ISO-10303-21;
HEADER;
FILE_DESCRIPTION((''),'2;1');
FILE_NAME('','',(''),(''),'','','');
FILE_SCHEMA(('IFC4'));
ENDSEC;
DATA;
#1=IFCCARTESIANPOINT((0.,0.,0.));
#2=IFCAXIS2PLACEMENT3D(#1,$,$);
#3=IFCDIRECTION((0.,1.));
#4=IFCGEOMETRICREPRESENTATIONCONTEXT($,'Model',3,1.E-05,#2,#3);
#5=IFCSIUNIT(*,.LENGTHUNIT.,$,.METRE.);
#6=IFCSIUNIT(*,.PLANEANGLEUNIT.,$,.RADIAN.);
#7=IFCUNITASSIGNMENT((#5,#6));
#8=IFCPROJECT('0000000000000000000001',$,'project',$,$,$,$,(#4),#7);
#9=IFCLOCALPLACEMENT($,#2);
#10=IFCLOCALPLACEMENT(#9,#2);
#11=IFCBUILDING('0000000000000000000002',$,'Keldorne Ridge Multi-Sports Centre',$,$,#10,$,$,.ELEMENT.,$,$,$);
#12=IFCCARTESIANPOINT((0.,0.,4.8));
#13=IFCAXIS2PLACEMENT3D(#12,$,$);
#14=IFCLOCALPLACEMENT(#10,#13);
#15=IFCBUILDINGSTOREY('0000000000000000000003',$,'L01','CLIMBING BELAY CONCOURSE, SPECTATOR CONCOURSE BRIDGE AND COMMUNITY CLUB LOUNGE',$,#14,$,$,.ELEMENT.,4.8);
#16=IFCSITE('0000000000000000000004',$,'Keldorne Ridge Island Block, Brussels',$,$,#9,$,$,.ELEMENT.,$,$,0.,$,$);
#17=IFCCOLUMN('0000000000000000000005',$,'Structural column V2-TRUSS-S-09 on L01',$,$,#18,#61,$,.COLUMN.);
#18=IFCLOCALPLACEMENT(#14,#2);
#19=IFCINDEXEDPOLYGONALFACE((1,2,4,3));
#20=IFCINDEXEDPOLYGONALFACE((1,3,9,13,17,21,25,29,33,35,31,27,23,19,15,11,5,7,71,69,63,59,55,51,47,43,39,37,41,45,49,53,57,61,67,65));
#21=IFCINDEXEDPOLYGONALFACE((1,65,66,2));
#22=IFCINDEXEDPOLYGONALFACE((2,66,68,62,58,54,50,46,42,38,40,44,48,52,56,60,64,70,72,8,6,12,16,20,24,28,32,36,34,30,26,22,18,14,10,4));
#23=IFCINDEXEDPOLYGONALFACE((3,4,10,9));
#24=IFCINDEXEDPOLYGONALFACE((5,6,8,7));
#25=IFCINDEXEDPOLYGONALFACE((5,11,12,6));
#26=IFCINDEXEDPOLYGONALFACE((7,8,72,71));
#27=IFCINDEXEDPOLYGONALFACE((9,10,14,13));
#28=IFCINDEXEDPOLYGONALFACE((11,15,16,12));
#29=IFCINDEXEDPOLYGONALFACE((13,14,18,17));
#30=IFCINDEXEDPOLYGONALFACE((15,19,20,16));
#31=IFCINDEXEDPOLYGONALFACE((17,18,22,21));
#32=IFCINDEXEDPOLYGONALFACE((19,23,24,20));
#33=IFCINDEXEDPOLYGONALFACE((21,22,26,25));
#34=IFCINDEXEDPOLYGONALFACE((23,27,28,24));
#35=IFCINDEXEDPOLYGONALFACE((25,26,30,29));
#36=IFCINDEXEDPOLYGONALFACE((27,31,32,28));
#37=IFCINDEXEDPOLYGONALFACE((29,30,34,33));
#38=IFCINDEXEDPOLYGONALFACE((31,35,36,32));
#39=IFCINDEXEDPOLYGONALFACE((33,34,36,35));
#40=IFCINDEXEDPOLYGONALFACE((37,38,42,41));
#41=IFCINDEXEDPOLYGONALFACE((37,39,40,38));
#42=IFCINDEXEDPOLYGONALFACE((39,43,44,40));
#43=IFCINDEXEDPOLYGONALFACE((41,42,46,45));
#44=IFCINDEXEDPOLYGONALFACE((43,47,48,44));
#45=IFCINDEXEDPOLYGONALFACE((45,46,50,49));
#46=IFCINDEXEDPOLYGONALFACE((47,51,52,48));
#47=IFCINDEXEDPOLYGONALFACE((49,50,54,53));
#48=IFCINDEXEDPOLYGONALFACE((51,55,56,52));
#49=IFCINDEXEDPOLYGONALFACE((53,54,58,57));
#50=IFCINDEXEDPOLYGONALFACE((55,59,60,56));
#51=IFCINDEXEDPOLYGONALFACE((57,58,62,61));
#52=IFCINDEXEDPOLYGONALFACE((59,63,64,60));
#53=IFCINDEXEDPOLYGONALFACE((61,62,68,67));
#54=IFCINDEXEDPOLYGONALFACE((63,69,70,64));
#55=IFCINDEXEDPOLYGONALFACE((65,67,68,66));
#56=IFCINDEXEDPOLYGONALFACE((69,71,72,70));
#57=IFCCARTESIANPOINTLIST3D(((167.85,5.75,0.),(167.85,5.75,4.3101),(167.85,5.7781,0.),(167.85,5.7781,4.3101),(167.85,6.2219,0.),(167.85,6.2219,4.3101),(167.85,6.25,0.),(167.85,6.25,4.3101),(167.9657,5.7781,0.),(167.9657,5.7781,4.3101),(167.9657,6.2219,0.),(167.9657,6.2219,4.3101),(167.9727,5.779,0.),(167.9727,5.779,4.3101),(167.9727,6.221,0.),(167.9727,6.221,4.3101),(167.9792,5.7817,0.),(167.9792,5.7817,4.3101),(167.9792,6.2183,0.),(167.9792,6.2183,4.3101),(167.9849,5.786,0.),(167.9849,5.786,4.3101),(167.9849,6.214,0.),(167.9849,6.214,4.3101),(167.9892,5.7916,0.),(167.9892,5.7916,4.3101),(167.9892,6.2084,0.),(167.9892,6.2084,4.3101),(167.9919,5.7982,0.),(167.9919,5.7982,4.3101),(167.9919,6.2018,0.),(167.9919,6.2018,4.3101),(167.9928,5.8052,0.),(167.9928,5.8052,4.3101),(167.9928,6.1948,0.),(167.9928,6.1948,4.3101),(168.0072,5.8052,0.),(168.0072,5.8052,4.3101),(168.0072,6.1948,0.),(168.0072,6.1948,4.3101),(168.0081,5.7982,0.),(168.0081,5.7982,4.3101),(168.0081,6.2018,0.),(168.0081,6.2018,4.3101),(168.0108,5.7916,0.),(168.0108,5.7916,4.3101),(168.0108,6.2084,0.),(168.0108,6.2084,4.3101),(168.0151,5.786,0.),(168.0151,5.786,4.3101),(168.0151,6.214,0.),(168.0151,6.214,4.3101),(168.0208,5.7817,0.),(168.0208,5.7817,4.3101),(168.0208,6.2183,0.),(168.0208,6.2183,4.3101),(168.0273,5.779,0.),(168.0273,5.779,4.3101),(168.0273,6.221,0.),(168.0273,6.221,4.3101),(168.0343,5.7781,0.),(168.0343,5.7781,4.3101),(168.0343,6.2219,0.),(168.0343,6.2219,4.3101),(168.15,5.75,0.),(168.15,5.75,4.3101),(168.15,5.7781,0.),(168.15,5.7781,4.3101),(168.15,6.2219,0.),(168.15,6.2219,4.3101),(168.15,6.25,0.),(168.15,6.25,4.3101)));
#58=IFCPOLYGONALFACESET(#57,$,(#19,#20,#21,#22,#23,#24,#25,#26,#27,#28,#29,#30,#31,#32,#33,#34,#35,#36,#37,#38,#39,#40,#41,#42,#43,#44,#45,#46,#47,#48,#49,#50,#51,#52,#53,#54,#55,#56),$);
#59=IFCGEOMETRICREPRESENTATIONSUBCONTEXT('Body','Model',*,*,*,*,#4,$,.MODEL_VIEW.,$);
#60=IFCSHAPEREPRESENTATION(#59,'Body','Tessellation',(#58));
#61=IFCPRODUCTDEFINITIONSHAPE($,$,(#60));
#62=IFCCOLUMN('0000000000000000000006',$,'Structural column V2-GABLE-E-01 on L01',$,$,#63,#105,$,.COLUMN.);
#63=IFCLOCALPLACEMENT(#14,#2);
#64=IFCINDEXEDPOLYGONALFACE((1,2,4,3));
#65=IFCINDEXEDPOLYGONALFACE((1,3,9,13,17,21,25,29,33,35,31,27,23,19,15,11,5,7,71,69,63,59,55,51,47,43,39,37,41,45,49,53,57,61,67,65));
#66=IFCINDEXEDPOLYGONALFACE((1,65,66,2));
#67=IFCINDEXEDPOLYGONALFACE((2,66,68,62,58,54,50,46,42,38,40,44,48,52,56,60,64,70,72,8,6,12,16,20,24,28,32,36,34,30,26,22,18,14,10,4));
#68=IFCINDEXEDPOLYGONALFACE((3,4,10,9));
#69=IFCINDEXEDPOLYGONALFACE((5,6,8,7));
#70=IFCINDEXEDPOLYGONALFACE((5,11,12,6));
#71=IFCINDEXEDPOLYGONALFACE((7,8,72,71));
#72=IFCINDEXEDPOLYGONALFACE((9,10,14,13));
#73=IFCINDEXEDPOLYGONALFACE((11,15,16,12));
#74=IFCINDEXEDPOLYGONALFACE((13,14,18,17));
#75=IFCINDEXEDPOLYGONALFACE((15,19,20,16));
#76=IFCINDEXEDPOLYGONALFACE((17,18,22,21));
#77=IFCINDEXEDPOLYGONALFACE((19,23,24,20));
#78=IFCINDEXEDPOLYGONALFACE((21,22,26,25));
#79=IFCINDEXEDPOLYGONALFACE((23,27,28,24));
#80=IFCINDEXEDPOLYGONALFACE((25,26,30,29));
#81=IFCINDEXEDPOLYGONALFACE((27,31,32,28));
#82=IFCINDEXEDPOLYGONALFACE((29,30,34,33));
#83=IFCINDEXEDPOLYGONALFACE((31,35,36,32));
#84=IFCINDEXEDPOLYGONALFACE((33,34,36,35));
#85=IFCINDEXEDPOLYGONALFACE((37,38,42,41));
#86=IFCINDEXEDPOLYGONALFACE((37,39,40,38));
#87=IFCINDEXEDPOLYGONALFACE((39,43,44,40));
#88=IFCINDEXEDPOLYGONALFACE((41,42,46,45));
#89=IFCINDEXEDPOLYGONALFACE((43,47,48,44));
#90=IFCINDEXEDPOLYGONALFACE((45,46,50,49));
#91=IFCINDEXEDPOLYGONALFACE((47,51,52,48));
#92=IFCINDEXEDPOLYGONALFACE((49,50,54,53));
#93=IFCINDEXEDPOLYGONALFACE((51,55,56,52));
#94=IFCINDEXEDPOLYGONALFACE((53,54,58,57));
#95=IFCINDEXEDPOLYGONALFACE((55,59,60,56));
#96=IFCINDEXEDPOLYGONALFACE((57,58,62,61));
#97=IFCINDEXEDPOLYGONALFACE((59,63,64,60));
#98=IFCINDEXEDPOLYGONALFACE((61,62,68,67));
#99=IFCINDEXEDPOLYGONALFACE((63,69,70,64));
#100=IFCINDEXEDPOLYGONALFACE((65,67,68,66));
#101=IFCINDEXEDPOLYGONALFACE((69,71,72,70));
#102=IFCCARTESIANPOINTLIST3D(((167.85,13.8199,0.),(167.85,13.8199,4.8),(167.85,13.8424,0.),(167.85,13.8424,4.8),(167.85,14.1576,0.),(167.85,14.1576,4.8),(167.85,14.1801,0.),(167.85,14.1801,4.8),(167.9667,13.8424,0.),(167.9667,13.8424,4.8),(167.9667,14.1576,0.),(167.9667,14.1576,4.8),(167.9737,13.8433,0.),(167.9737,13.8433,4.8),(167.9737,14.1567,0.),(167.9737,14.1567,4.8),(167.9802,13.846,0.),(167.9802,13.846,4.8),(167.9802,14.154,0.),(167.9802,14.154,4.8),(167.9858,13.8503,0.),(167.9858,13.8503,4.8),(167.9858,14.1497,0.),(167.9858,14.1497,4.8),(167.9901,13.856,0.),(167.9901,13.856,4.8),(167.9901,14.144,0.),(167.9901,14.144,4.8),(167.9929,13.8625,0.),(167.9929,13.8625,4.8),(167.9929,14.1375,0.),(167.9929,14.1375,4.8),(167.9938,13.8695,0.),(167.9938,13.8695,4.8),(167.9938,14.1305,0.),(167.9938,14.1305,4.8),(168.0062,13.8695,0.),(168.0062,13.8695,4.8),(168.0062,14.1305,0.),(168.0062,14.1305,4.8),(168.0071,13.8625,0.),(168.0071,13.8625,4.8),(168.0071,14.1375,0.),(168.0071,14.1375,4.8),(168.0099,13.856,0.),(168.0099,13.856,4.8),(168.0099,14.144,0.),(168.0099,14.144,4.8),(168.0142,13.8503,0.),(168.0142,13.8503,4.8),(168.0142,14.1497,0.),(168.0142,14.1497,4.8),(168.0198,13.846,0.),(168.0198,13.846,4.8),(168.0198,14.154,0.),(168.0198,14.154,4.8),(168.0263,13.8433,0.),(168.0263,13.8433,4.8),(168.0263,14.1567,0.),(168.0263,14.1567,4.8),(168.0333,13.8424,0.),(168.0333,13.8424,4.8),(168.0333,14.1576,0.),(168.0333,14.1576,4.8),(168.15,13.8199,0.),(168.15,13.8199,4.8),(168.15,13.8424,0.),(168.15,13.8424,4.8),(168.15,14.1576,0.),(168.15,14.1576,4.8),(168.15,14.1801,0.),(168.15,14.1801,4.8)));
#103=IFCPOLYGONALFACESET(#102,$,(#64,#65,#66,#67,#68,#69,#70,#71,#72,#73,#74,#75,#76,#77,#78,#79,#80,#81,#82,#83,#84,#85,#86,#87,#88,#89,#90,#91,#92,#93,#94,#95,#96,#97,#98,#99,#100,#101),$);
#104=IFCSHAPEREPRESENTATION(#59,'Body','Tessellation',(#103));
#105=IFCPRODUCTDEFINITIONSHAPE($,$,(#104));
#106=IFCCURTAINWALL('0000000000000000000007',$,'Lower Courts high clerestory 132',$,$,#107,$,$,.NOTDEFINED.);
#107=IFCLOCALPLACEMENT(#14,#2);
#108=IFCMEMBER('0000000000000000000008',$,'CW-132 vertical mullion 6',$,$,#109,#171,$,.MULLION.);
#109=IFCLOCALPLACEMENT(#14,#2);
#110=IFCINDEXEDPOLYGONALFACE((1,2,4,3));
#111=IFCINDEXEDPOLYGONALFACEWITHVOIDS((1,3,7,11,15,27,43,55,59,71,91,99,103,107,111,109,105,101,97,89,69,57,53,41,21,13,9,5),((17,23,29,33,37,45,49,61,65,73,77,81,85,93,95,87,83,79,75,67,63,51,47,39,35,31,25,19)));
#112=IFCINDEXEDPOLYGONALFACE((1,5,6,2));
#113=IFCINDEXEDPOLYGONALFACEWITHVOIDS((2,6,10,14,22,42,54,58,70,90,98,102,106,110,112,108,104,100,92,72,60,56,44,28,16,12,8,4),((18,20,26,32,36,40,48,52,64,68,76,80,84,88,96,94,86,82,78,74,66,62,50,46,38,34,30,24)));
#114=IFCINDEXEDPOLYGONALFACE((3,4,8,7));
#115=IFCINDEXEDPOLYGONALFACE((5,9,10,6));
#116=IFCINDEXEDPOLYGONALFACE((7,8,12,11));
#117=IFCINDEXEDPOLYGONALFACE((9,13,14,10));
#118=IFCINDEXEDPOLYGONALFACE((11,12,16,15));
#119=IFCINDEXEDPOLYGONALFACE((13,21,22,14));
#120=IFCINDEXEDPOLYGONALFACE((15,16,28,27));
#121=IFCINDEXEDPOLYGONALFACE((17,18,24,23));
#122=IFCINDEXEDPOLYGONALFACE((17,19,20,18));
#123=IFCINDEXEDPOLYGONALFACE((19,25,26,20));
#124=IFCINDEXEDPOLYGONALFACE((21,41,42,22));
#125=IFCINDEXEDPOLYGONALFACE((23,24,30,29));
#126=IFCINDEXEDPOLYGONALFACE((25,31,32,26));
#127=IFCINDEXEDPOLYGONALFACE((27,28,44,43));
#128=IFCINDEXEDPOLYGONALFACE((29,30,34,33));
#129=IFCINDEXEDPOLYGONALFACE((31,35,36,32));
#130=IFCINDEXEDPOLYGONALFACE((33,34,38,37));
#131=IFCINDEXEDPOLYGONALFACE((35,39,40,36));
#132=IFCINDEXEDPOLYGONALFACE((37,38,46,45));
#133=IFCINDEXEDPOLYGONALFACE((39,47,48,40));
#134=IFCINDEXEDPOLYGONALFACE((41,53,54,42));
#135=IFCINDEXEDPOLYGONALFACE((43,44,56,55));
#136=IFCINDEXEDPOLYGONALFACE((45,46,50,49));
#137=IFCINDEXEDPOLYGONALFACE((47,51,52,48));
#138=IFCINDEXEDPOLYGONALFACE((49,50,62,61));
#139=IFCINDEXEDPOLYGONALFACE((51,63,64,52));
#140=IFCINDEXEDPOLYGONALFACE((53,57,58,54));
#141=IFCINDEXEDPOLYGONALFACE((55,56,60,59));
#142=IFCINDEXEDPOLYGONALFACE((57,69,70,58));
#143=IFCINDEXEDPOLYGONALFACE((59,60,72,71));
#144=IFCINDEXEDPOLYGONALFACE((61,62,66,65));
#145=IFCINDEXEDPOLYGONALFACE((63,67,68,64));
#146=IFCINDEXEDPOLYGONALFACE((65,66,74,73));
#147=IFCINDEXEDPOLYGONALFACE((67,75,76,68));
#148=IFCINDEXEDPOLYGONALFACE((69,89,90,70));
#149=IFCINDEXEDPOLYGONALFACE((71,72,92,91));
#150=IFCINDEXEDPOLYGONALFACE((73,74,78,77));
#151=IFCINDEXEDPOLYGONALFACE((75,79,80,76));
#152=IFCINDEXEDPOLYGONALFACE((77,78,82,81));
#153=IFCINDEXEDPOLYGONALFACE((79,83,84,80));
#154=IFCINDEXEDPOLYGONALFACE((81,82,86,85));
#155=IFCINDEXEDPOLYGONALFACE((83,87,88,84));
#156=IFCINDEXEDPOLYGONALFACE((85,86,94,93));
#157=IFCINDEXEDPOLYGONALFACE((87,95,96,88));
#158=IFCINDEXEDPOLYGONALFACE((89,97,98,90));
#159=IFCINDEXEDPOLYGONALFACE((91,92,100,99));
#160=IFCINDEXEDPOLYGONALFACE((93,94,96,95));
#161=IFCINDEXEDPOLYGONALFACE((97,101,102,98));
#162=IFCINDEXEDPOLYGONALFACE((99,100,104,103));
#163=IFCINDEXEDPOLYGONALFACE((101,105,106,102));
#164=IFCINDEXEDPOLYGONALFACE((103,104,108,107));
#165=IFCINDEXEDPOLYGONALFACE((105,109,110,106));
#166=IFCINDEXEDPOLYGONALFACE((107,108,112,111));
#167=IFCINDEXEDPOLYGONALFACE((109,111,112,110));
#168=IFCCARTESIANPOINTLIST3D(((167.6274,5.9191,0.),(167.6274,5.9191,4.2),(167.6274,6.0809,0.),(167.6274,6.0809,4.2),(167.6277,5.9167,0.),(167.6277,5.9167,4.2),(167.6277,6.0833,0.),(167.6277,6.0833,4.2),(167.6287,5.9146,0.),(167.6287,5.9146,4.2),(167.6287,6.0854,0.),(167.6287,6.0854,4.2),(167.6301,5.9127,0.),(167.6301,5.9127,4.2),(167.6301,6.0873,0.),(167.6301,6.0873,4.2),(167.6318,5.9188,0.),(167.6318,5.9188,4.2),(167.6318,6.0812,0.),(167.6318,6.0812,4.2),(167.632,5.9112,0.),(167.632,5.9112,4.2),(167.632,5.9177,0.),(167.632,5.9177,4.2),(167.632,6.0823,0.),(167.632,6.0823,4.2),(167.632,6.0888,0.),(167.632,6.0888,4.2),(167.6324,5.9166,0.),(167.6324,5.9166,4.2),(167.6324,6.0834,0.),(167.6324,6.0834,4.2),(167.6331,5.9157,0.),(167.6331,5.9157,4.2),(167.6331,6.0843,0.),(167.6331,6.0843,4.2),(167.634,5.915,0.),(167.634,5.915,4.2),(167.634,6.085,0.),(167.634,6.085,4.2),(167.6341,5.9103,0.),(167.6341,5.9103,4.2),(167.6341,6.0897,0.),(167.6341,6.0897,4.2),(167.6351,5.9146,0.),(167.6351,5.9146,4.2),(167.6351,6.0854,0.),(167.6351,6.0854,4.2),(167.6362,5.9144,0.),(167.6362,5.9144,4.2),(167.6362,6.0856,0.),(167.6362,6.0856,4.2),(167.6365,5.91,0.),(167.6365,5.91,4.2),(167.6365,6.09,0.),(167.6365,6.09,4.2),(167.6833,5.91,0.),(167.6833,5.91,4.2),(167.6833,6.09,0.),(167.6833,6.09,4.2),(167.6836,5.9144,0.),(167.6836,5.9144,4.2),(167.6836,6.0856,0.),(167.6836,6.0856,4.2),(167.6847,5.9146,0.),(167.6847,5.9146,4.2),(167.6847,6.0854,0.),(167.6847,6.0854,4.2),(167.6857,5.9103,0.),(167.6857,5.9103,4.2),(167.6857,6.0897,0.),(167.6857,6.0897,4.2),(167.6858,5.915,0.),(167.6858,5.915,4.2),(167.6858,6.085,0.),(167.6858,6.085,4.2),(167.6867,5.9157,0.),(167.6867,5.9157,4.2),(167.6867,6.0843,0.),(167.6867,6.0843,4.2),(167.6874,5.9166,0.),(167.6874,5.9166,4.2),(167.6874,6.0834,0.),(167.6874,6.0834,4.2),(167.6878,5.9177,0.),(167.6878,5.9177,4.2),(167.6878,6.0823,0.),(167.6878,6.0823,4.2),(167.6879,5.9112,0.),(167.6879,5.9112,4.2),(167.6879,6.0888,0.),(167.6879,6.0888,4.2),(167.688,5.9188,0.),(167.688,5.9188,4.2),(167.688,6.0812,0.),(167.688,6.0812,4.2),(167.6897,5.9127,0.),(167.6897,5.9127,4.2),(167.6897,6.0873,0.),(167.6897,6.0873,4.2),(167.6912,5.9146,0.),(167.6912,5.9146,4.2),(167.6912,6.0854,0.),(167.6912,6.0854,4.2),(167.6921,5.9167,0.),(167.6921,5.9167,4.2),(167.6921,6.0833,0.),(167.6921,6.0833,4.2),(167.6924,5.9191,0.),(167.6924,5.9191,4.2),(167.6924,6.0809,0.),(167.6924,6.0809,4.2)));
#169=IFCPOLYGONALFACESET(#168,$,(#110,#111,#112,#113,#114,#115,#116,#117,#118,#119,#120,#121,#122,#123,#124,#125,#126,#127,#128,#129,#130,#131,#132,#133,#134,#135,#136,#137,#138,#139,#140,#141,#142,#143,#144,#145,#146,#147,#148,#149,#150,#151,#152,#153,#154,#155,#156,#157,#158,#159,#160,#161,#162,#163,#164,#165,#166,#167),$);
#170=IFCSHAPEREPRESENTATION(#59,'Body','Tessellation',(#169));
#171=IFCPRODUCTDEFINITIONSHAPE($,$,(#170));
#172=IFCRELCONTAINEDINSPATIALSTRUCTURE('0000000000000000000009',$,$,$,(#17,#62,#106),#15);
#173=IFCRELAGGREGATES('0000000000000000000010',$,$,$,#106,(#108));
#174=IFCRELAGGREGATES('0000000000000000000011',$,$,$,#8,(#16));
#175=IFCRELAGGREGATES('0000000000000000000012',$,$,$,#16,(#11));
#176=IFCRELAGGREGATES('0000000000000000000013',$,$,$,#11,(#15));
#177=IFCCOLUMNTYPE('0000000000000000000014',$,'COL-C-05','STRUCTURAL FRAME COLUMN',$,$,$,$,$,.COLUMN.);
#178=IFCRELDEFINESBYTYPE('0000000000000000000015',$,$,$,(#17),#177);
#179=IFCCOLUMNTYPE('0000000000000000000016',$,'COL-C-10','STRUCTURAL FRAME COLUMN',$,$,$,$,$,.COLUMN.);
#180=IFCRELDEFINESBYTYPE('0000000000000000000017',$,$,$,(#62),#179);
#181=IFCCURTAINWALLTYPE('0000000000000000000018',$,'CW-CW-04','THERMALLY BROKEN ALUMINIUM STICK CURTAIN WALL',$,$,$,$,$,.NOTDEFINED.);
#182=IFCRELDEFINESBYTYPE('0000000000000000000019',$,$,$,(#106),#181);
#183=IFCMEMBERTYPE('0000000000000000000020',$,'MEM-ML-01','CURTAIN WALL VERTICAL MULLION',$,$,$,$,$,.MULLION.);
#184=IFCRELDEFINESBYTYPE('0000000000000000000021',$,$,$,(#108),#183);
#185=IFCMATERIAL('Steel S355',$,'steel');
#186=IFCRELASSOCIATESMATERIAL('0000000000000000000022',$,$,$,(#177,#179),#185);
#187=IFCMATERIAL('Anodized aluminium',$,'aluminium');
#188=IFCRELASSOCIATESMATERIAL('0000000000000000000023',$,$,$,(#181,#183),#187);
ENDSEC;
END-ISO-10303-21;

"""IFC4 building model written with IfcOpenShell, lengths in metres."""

from ifc_helpers import new_model, si_unit, direction, frame, origin, origin_2d, place, context, subcontext, project, spatial, hollow_rectangle, i_section, extrude, material, material_profile, profile_set, type_object, element, aggregate, save


model = new_model("IFC4")

# Units and contexts
model_context = context("Model", 3, precision=1e-05, world=origin(), true_north=direction((0.0, 1.0)))
body_context = subcontext(model_context, "Body", "Model", "MODEL_VIEW")
ifc_project = project(units=[si_unit("LENGTHUNIT", "METRE"), si_unit("PLANEANGLEUNIT", "RADIAN")], contexts=[model_context])

# Site, building, storey
site_placement = place(None, origin())
site = spatial("IfcSite", under=ifc_project, at=site_placement, Name="Keldorne Ridge Island Block, Brussels", CompositionType="ELEMENT", RefElevation=0.0)
building_placement = place(site_placement, origin())
building = spatial("IfcBuilding", under=site, at=building_placement, Name="Keldorne Ridge Multi-Sports Centre", CompositionType="ELEMENT")
storey_placement = place(building_placement, frame((0.0, 0.0, 4.8)))
storey = spatial("IfcBuildingStorey", under=building, at=storey_placement, Name="L01", Description="CLIMBING BELAY CONCOURSE, SPECTATOR CONCOURSE BRIDGE AND COMMUNITY CLUB LOUNGE", CompositionType="ELEMENT", Elevation=4.8)

# Columns
ifc_material_1 = material(Name="Steel S355", Category="steel")
ifc_material_profile_1 = material_profile(ifc_material_1, i_section(OverallWidth=0.3, OverallDepth=0.5, WebThickness=0.0144, FlangeThickness=0.0281, FilletRadius=0.0271, at=origin_2d()), Name="HEB 500")
ifc_profile_set_1 = profile_set([ifc_material_profile_1], Name="Steel S355")
column_type_1 = type_object("IfcColumnType", Name="COL-C-05", Description="STRUCTURAL FRAME COLUMN", PredefinedType="COLUMN", material=ifc_profile_set_1)
column_1_placement = place(storey_placement, frame((168.0, 6.0, 0.0), z_axis=(0.0, 0.0, 1.0), x_axis=(1.0, 0.0, 0.0)))
element("IfcColumn", 1, at=column_1_placement, inside=storey, type_object=column_type_1, Name="Structural column V2-TRUSS-S-09 on L01", PredefinedType="COLUMN", context=body_context, shape_type="SweptSolid", body=[
    extrude(i_section(OverallWidth=0.3, OverallDepth=0.5, WebThickness=0.0144, FlangeThickness=0.0281, FilletRadius=0.0271, at=origin_2d()), origin(), (0.0, 0.0, 1.0), 4.3101),
])
ifc_material_profile_2 = material_profile(ifc_material_1, i_section(OverallWidth=0.3, OverallDepth=0.3601, WebThickness=0.0125, FlangeThickness=0.0225, FilletRadius=0.0271, at=origin_2d()), Name="HEB 360")
ifc_profile_set_2 = profile_set([ifc_material_profile_2], Name="Steel S355")
column_type_2 = type_object("IfcColumnType", Name="COL-C-10", Description="STRUCTURAL FRAME COLUMN", PredefinedType="COLUMN", material=ifc_profile_set_2)
column_2_placement = place(storey_placement, frame((168.0, 14.0, 0.0), z_axis=(0.0, 0.0, 1.0), x_axis=(1.0, 0.0, 0.0)))
element("IfcColumn", 2, at=column_2_placement, inside=storey, type_object=column_type_2, Name="Structural column V2-GABLE-E-01 on L01", PredefinedType="COLUMN", context=body_context, shape_type="SweptSolid", body=[
    extrude(i_section(OverallWidth=0.3, OverallDepth=0.3601, WebThickness=0.0125, FlangeThickness=0.0225, FilletRadius=0.0271, at=origin_2d()), origin(), (0.0, 0.0, 1.0), 4.8),
])

# Curtain wall, member
ifc_material_2 = material(Name="Anodized aluminium", Category="aluminium")
curtain_wall_type = type_object("IfcCurtainWallType", Name="CW-CW-04", Description="THERMALLY BROKEN ALUMINIUM STICK CURTAIN WALL", PredefinedType="NOTDEFINED", material=ifc_material_2)
curtain_wall_placement = place(storey_placement, origin())
curtain_wall = element("IfcCurtainWall", 3, at=curtain_wall_placement, inside=storey, type_object=curtain_wall_type, Name="Lower Courts high clerestory 132", PredefinedType="NOTDEFINED")
ifc_material_profile_3 = material_profile(ifc_material_2, hollow_rectangle(XDim=0.0649, YDim=0.1799, WallThickness=0.0044, InnerFilletRadius=0.0044, OuterFilletRadius=0.009, at=origin_2d()), Name="ALU MULLION 180x65x4.5")
ifc_profile_set_3 = profile_set([ifc_material_profile_3], Name="Anodized aluminium")
member_type_1 = type_object("IfcMemberType", Name="MEM-ML-01", Description="CURTAIN WALL VERTICAL MULLION", PredefinedType="MULLION", material=ifc_profile_set_3)
member_placement = place(storey_placement, frame((167.6599, 6.0, 0.0), z_axis=(0.0, 0.0, 1.0), x_axis=(1.0, 0.0, 0.0)))
member = element("IfcMember", 4, at=member_placement, type_object=member_type_1, Name="CW-132 vertical mullion 6", PredefinedType="MULLION", context=body_context, shape_type="SweptSolid", body=[
    extrude(hollow_rectangle(XDim=0.0649, YDim=0.1799, WallThickness=0.0044, InnerFilletRadius=0.0044, OuterFilletRadius=0.009, at=origin_2d()), origin(), (0.0, 0.0, 1.0), 4.2),
])

aggregate(curtain_wall, [member])

save(model, "model.ifc")
